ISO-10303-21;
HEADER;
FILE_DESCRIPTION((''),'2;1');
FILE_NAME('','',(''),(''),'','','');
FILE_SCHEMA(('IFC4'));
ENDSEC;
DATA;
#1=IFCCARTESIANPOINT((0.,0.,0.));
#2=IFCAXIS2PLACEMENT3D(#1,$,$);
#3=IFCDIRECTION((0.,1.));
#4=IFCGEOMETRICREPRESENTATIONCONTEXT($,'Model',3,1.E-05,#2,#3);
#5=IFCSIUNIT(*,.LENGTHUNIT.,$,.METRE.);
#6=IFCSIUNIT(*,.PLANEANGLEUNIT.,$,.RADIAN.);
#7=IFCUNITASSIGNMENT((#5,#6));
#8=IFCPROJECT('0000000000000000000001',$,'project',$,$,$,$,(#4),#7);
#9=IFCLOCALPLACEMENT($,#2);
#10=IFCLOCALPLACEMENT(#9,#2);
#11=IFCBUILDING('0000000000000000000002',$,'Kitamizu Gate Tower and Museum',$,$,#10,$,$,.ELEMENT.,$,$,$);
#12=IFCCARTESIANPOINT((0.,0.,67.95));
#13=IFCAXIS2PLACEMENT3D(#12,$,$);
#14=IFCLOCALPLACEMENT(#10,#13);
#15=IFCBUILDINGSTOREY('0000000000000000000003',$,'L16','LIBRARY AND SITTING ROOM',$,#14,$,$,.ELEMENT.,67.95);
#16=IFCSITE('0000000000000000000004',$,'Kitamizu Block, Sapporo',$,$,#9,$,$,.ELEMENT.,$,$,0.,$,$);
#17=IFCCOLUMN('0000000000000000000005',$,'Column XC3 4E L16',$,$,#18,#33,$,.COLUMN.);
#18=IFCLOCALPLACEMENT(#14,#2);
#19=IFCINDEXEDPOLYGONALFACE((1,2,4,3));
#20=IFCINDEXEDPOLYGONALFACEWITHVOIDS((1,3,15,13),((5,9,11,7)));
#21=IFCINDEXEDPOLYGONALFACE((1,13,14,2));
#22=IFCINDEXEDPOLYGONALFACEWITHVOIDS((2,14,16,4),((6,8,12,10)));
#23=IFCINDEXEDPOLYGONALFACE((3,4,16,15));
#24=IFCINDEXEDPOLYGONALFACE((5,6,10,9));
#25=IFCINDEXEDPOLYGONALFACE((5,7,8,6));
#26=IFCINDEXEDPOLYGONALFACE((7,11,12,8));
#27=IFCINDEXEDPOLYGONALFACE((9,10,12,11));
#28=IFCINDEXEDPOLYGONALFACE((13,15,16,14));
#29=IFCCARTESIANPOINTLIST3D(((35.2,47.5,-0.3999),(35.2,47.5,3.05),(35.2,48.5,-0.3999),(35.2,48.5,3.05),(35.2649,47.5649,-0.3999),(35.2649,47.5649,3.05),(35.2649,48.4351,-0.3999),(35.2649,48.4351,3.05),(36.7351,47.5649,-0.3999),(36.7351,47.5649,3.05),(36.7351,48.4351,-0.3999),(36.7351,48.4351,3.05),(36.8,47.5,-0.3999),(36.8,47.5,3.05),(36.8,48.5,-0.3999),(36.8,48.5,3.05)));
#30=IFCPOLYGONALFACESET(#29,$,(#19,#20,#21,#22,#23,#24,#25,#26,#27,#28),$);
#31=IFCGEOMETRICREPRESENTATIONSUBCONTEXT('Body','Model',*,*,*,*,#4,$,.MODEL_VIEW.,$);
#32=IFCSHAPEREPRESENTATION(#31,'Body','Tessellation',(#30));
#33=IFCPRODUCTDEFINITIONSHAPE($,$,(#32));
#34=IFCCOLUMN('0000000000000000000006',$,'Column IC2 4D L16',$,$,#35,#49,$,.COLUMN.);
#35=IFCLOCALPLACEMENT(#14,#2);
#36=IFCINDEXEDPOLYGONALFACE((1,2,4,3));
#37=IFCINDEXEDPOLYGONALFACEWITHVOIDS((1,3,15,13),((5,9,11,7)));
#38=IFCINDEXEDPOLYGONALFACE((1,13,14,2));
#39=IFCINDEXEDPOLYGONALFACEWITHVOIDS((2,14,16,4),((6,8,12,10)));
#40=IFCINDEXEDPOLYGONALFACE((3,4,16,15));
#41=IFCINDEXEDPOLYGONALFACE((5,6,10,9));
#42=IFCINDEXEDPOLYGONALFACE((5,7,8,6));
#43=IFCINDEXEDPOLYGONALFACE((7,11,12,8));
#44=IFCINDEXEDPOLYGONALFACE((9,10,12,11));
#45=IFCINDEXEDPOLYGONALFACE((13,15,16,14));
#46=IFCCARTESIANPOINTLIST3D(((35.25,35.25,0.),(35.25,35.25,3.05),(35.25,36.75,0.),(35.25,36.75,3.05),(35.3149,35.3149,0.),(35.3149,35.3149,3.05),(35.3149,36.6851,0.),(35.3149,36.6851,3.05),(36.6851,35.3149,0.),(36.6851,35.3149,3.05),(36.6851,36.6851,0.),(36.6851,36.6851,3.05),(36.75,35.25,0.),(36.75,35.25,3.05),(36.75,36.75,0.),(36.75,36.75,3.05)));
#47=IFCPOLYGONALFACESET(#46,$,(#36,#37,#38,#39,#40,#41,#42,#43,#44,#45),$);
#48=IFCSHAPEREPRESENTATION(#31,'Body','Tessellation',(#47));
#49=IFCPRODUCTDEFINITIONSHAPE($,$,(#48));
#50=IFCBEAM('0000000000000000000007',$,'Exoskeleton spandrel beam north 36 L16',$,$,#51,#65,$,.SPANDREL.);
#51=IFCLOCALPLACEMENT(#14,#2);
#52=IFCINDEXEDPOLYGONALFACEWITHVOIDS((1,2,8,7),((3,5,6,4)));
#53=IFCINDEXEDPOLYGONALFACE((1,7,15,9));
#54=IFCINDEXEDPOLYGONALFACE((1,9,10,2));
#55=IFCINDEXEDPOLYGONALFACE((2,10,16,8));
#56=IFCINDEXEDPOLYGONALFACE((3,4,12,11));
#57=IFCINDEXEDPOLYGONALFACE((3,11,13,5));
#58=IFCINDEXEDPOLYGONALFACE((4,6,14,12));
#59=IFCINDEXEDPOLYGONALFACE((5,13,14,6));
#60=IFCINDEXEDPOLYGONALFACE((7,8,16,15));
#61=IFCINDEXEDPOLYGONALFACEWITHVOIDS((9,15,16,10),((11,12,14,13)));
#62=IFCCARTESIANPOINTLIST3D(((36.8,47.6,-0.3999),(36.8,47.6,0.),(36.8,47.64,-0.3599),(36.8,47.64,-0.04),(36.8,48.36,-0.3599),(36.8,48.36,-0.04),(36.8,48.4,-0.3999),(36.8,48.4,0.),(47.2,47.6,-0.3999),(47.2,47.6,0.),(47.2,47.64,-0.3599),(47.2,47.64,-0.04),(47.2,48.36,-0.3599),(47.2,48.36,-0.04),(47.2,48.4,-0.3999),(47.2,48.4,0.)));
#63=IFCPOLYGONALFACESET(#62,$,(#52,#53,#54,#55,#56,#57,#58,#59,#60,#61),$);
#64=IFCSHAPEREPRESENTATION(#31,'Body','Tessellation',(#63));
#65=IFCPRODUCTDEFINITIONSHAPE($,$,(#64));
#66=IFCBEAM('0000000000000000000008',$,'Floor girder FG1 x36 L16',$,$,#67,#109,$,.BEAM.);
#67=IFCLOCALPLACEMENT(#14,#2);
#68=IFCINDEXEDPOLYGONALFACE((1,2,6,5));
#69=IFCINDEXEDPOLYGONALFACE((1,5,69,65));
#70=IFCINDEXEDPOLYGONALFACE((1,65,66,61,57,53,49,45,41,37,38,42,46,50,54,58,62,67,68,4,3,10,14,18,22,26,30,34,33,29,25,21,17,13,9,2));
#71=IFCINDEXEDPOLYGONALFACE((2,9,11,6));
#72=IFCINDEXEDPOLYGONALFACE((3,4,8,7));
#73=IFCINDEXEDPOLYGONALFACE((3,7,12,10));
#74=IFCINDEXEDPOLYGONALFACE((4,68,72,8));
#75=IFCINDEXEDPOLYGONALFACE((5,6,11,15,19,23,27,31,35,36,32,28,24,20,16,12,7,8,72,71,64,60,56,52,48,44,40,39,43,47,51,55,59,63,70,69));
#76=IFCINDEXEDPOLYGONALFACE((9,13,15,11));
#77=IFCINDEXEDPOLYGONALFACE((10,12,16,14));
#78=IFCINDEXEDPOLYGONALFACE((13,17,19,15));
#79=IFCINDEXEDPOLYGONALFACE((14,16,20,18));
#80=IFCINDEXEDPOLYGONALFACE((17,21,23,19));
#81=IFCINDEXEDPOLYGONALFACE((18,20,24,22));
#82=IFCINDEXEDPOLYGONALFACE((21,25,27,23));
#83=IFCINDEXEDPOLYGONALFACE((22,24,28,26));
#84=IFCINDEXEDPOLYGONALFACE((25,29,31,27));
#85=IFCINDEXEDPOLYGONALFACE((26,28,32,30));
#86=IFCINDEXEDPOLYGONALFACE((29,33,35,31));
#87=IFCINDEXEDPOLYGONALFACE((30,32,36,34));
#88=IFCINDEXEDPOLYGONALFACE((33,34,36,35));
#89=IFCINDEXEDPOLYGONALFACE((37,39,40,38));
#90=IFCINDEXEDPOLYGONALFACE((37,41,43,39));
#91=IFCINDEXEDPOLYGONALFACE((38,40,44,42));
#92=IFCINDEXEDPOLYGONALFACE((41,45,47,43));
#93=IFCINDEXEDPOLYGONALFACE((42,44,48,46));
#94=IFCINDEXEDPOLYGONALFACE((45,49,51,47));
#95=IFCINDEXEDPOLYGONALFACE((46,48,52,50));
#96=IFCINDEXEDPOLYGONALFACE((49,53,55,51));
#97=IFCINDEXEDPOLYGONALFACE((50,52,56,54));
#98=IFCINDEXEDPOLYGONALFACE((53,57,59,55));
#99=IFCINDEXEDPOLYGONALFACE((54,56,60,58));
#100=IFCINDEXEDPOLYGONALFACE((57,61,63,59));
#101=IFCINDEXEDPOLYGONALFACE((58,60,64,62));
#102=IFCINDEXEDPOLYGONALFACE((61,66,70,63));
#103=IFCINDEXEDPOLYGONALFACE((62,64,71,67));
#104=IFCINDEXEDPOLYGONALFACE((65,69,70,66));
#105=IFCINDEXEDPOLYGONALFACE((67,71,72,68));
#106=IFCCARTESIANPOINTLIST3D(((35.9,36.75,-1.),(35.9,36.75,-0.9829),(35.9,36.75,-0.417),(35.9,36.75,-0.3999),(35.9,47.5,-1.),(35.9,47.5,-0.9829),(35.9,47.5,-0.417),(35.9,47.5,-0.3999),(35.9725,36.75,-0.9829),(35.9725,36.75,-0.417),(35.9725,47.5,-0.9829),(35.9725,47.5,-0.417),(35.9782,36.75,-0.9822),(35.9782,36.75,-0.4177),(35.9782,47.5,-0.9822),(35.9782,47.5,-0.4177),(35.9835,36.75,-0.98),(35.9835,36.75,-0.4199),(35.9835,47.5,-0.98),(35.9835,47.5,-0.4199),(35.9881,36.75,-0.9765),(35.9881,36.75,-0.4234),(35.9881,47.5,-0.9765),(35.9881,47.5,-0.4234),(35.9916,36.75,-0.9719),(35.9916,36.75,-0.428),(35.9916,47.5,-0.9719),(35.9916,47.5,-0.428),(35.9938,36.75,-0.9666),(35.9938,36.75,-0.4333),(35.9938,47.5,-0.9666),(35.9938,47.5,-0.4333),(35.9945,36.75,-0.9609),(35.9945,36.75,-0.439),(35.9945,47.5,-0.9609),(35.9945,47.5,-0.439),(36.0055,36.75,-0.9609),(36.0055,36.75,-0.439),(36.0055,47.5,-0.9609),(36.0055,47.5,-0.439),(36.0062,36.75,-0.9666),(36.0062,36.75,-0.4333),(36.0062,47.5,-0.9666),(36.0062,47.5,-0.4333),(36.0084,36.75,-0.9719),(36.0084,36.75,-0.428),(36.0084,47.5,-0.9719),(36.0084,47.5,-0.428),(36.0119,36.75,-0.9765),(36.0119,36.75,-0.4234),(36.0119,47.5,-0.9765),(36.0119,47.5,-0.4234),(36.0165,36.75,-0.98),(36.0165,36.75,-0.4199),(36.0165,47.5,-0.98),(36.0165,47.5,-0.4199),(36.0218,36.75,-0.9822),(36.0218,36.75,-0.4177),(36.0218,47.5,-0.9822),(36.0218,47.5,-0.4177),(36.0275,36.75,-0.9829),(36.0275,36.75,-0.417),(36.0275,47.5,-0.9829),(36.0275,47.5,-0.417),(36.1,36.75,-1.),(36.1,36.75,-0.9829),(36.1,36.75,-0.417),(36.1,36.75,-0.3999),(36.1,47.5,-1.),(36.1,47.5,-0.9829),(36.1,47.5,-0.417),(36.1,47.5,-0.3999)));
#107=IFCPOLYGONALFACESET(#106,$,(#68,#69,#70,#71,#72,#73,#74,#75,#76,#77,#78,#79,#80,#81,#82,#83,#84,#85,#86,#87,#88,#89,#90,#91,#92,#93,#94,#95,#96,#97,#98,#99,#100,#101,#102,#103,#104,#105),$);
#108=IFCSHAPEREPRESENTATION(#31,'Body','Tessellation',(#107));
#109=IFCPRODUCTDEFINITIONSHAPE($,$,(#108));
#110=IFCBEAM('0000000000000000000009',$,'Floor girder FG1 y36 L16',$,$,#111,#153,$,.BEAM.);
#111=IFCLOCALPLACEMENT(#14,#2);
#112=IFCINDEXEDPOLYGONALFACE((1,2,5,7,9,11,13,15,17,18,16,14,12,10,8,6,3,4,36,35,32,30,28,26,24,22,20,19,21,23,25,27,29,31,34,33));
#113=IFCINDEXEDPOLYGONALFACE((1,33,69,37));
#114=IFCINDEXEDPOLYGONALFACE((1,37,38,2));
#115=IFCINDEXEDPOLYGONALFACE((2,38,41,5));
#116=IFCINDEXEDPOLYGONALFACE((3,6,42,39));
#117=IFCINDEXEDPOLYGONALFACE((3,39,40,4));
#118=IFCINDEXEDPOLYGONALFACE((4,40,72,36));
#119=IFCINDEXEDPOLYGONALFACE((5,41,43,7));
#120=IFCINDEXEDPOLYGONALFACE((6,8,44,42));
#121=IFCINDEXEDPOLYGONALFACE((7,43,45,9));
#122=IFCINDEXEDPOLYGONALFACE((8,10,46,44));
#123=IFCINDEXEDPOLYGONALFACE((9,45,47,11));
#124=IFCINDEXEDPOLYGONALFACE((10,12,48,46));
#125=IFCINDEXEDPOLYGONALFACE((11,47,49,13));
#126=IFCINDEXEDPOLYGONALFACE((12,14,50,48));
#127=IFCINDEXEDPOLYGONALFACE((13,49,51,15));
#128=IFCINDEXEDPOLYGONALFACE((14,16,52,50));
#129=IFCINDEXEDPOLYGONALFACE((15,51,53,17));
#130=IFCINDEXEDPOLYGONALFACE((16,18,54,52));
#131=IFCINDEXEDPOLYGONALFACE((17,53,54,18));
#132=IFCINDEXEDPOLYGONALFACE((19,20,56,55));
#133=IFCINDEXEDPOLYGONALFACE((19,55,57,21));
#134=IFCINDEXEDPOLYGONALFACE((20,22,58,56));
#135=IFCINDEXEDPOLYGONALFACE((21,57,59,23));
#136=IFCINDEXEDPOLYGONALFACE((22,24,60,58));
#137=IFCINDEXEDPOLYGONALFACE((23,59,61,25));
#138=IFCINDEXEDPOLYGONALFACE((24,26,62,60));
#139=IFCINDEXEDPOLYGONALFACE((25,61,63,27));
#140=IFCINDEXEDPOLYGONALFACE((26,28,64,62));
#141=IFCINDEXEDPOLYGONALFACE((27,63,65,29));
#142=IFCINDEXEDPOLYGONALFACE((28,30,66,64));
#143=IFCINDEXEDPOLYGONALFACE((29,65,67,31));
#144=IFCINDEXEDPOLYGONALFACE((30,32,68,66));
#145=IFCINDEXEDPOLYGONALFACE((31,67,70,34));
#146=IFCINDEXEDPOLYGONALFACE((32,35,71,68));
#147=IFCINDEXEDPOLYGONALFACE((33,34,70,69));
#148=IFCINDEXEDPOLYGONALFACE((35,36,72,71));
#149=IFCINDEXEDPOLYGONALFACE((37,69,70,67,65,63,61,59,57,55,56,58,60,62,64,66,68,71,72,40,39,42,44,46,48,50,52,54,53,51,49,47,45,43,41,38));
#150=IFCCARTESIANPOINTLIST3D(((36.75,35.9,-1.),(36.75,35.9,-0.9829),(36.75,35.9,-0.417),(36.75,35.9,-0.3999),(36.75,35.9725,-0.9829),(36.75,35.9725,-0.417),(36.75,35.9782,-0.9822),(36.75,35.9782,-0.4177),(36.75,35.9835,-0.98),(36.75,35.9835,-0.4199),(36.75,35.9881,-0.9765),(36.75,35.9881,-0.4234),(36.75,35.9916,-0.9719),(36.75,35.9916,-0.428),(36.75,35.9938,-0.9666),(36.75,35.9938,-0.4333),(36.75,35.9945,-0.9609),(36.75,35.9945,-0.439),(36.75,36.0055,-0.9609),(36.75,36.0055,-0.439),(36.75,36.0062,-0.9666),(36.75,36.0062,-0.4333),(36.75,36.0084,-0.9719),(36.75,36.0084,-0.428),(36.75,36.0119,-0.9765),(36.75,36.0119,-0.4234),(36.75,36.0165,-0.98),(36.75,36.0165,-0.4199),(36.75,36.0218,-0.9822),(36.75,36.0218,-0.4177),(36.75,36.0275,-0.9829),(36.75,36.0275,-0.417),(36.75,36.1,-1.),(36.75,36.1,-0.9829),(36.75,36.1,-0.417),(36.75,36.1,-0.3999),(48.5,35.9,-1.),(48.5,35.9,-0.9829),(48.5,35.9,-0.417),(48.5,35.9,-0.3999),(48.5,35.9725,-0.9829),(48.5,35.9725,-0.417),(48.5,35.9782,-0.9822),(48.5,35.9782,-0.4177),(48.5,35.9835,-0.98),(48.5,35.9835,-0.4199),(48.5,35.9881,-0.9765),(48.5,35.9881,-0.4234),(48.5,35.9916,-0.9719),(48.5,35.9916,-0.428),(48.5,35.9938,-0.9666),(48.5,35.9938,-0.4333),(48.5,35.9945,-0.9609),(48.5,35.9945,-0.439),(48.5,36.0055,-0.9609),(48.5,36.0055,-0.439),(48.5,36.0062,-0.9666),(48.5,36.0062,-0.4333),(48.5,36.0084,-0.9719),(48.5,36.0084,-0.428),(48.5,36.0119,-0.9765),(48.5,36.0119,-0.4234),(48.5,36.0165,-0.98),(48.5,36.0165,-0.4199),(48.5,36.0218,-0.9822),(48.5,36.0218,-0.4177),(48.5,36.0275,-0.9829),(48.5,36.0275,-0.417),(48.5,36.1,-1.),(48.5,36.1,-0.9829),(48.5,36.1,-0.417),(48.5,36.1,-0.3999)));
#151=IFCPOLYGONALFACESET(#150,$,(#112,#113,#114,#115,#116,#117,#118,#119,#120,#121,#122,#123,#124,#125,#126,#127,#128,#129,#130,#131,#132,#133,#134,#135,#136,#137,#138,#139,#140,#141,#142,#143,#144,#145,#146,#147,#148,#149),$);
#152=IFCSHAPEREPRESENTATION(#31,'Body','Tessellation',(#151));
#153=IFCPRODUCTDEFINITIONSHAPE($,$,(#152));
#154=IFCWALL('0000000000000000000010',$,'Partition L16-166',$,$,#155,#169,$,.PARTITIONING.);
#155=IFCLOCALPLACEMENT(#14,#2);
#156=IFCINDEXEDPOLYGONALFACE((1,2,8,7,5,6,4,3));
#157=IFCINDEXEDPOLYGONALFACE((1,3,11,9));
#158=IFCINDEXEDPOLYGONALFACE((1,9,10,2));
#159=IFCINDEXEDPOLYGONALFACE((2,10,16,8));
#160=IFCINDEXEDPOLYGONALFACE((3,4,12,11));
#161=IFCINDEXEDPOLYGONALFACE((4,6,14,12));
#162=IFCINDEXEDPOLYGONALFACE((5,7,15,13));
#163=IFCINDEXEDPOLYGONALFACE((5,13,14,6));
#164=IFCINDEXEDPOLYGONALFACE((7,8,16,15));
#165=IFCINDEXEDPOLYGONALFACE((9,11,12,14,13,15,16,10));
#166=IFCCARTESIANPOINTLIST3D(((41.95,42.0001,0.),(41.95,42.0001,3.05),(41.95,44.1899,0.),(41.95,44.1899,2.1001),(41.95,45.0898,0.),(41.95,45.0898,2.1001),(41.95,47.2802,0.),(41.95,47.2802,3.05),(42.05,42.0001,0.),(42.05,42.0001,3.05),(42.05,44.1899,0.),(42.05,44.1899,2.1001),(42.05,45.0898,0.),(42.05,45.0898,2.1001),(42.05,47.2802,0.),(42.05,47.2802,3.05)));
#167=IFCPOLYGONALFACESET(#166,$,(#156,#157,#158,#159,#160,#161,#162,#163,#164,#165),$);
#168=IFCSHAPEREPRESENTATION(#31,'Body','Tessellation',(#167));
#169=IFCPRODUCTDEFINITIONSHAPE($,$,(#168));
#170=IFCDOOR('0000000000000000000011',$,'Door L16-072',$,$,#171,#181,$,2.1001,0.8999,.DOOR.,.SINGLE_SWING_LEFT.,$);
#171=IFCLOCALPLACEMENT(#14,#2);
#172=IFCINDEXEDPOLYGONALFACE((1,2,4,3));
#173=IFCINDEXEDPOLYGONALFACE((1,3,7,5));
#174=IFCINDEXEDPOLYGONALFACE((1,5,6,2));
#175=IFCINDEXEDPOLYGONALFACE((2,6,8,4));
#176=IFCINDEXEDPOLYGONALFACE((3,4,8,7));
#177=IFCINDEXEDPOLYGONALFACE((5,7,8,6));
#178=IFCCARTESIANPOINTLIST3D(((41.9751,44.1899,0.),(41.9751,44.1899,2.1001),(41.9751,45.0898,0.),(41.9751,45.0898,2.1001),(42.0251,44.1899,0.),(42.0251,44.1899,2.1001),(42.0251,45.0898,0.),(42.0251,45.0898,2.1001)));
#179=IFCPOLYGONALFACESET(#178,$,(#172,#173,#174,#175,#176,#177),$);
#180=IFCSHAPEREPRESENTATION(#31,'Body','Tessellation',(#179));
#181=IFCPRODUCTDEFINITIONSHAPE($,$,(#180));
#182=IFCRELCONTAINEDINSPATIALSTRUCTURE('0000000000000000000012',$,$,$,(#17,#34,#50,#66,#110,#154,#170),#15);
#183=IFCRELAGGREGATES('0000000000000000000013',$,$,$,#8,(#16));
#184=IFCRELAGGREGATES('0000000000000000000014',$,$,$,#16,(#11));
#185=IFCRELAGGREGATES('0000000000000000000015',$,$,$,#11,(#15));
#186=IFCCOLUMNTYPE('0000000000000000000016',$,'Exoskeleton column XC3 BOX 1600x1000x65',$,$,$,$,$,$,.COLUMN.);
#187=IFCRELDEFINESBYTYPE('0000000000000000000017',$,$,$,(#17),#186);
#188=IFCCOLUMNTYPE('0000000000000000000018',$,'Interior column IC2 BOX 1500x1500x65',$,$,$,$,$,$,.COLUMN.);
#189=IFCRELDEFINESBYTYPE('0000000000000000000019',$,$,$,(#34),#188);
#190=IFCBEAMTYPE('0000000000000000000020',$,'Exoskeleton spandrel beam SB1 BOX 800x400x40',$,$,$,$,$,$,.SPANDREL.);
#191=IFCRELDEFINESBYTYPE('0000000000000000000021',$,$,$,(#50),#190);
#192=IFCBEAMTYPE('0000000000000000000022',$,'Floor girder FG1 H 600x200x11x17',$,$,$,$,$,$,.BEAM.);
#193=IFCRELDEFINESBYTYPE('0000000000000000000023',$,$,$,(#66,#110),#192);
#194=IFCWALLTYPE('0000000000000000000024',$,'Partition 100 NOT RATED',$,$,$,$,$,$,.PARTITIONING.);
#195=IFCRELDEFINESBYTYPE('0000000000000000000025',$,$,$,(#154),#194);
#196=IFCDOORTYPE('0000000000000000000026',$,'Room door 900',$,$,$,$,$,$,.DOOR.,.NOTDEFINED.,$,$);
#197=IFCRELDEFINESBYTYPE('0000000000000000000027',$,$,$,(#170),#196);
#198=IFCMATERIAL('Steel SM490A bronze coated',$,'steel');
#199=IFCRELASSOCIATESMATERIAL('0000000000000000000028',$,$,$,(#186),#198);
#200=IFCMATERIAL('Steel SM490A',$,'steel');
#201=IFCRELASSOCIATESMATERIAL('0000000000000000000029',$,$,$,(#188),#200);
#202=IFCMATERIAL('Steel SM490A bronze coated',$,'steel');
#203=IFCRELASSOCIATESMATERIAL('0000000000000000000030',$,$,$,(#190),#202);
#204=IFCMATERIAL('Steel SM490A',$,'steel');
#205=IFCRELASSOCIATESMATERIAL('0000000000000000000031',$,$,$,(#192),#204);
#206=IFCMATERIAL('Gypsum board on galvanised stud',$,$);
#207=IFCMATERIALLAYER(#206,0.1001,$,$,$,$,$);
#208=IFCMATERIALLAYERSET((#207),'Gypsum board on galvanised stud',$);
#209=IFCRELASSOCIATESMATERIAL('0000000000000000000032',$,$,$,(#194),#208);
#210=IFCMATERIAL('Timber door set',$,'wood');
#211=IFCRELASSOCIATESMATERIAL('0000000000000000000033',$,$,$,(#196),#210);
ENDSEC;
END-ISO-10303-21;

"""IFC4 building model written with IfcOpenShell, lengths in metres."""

from ifc_helpers import new_model, si_unit, direction, frame, frame_2d, origin, origin_2d, place, context, subcontext, project, spatial, rectangle, hollow_rectangle, i_section, extrude, material, layer, layer_set, material_profile, profile_set, type_object, element, fill, save


model = new_model("IFC4")

# Units and contexts
model_context = context("Model", 3, precision=1e-05, world=origin(), true_north=direction((0.0, 1.0)))
body_context = subcontext(model_context, "Body", "Model", "MODEL_VIEW")
ifc_project = project(units=[si_unit("LENGTHUNIT", "METRE"), si_unit("PLANEANGLEUNIT", "RADIAN")], contexts=[model_context])

# Site, building, storey
site_placement = place(None, origin())
site = spatial("IfcSite", under=ifc_project, at=site_placement, Name="Kitamizu Block, Sapporo", CompositionType="ELEMENT", RefElevation=0.0)
building_placement = place(site_placement, origin())
building = spatial("IfcBuilding", under=site, at=building_placement, Name="Kitamizu Gate Tower and Museum", CompositionType="ELEMENT")
storey_placement = place(building_placement, frame((0.0, 0.0, 67.95)))
storey = spatial("IfcBuildingStorey", under=building, at=storey_placement, Name="L16", Description="LIBRARY AND SITTING ROOM", CompositionType="ELEMENT", Elevation=67.95)

# Columns
ifc_material_1 = material(Name="Steel SM490A bronze coated", Category="steel")
ifc_material_profile_1 = material_profile(ifc_material_1, hollow_rectangle(XDim=1.6001, YDim=1.0, WallThickness=0.0649, at=origin_2d()), Name="BOX 1600x1000x65")
ifc_profile_set_1 = profile_set([ifc_material_profile_1], Name="Steel SM490A bronze coated")
column_type_1 = type_object("IfcColumnType", Name="Exoskeleton column XC3 BOX 1600x1000x65", PredefinedType="COLUMN", material=ifc_profile_set_1)
column_1_placement = place(storey_placement, frame((36.0, 48.0, -0.3999), z_axis=(0.0, 0.0, 1.0), x_axis=(1.0, 0.0, 0.0)))
element("IfcColumn", 1, at=column_1_placement, inside=storey, type_object=column_type_1, Name="Column XC3 4E L16", PredefinedType="COLUMN", context=body_context, shape_type="SweptSolid", body=[
    extrude(hollow_rectangle(XDim=1.6001, YDim=1.0, WallThickness=0.0649, at=origin_2d()), origin(), (0.0, 0.0, 1.0), 3.45),
])
ifc_material_2 = material(Name="Steel SM490A", Category="steel")
ifc_material_profile_2 = material_profile(ifc_material_2, hollow_rectangle(XDim=1.5, YDim=1.5, WallThickness=0.0649, at=origin_2d()), Name="BOX 1500x1500x65")
ifc_profile_set_2 = profile_set([ifc_material_profile_2], Name="Steel SM490A")
column_type_2 = type_object("IfcColumnType", Name="Interior column IC2 BOX 1500x1500x65", PredefinedType="COLUMN", material=ifc_profile_set_2)
column_2_placement = place(storey_placement, frame((36.0, 36.0, 0.0), z_axis=(0.0, 0.0, 1.0), x_axis=(1.0, 0.0, 0.0)))
element("IfcColumn", 2, at=column_2_placement, inside=storey, type_object=column_type_2, Name="Column IC2 4D L16", PredefinedType="COLUMN", context=body_context, shape_type="SweptSolid", body=[
    extrude(hollow_rectangle(XDim=1.5, YDim=1.5, WallThickness=0.0649, at=origin_2d()), origin(), (0.0, 0.0, 1.0), 3.05),
])

# Beams
ifc_material_3 = material(Name="Steel SM490A bronze coated", Category="steel")
ifc_material_profile_3 = material_profile(ifc_material_3, hollow_rectangle(XDim=0.8, YDim=0.3999, WallThickness=0.04, at=origin_2d()), Name="BOX 800x400x40")
ifc_profile_set_3 = profile_set([ifc_material_profile_3], Name="Steel SM490A bronze coated")
beam_type_1 = type_object("IfcBeamType", Name="Exoskeleton spandrel beam SB1 BOX 800x400x40", PredefinedType="SPANDREL", material=ifc_profile_set_3)
beam_1_placement = place(storey_placement, frame((36.8, 48.0, -0.2), z_axis=(1.0, 0.0, 0.0), x_axis=(0.0, 1.0, 0.0)))
element("IfcBeam", 3, at=beam_1_placement, inside=storey, type_object=beam_type_1, Name="Exoskeleton spandrel beam north 36 L16", PredefinedType="SPANDREL", context=body_context, shape_type="SweptSolid", body=[
    extrude(hollow_rectangle(XDim=0.8, YDim=0.3999, WallThickness=0.04, at=origin_2d()), origin(), (0.0, 0.0, 1.0), 10.3999),
])
ifc_material_4 = material(Name="Steel SM490A", Category="steel")
ifc_material_profile_4 = material_profile(ifc_material_4, i_section(OverallWidth=0.2, OverallDepth=0.6001, WebThickness=0.011, FlangeThickness=0.0171, FilletRadius=0.022, at=origin_2d()), Name="H-600x200x11x17")
ifc_profile_set_4 = profile_set([ifc_material_profile_4], Name="Steel SM490A")
beam_type_2 = type_object("IfcBeamType", Name="Floor girder FG1 H 600x200x11x17", PredefinedType="BEAM", material=ifc_profile_set_4)
beam_2_placement = place(storey_placement, frame((36.0, 36.75, -0.7), z_axis=(0.0, 1.0, 0.0), x_axis=(-1.0, 0.0, 0.0)))
element("IfcBeam", 4, at=beam_2_placement, inside=storey, type_object=beam_type_2, Name="Floor girder FG1 x36 L16", PredefinedType="BEAM", context=body_context, shape_type="SweptSolid", body=[
    extrude(i_section(OverallWidth=0.2, OverallDepth=0.6001, WebThickness=0.011, FlangeThickness=0.0171, FilletRadius=0.022, at=origin_2d()), origin(), (0.0, 0.0, 1.0), 10.75),
])
beam_3_placement = place(storey_placement, frame((36.75, 36.0, -0.7), z_axis=(1.0, 0.0, 0.0), x_axis=(0.0, 1.0, 0.0)))
element("IfcBeam", 5, at=beam_3_placement, inside=storey, type_object=beam_type_2, Name="Floor girder FG1 y36 L16", PredefinedType="BEAM", context=body_context, shape_type="SweptSolid", body=[
    extrude(i_section(OverallWidth=0.2, OverallDepth=0.6001, WebThickness=0.011, FlangeThickness=0.0171, FilletRadius=0.022, at=origin_2d()), origin(), (0.0, 0.0, 1.0), 11.75),
])

# Wall, opening, door
ifc_material_5 = material(Name="Gypsum board on galvanised stud")
ifc_layer_1 = layer(ifc_material_5, 0.1001)
ifc_layer_set_1 = layer_set([ifc_layer_1], Name="Gypsum board on galvanised stud")
wall_type_1 = type_object("IfcWallType", Name="Partition 100 NOT RATED", PredefinedType="PARTITIONING", material=ifc_layer_set_1)
wall_1_placement = place(storey_placement, frame((42.0, 42.0, 0.0), z_axis=(0.0, 0.0, 1.0), x_axis=(0.0, 1.0, 0.0)))
wall_1 = element("IfcWall", 6, at=wall_1_placement, inside=storey, type_object=wall_type_1, Name="Partition L16-166", PredefinedType="PARTITIONING", context=body_context, shape_type="SweptSolid", body=[
    extrude(rectangle(XDim=5.28, YDim=0.1001, at=frame_2d((2.6401, 0.0))), origin(), (0.0, 0.0, 1.0), 3.05),
])
opening_1_placement = place(wall_1_placement, frame((2.1899, 0.0, 0.0)))
opening_1 = element("IfcOpeningElement", 7, at=opening_1_placement, cuts=wall_1, PredefinedType="OPENING", context=body_context, shape_type="SweptSolid", body=[
    extrude(rectangle(XDim=0.8999, YDim=2.1001, at=frame_2d((0.45, 1.05))), frame((0.0, 0.0601, 0.0), z_axis=(0.0, -1.0, 0.0), x_axis=(1.0, 0.0, 0.0)), (0.0, 0.0, 1.0), 0.1201),
])
ifc_material_6 = material(Name="Timber door set", Category="wood")
door_type_1 = type_object("IfcDoorType", Name="Room door 900", OperationType="NOTDEFINED", PredefinedType="DOOR", material=ifc_material_6)
door_1_placement = place(opening_1_placement, origin())
door_1 = element("IfcDoor", 8, at=door_1_placement, inside=storey, type_object=door_type_1, Name="Door L16-072", OperationType="SINGLE_SWING_LEFT", OverallHeight=2.1001, OverallWidth=0.8999, PredefinedType="DOOR", context=body_context, shape_type="SweptSolid", body=[
    extrude(rectangle(XDim=0.8999, YDim=2.1001, at=frame_2d((0.45, 1.05))), frame((0.0, 0.0249, 0.0), z_axis=(0.0, -1.0, 0.0), x_axis=(1.0, 0.0, 0.0)), (0.0, 0.0, 1.0), 0.05),
])
fill(opening_1, door_1)

save(model, "model.ifc")
